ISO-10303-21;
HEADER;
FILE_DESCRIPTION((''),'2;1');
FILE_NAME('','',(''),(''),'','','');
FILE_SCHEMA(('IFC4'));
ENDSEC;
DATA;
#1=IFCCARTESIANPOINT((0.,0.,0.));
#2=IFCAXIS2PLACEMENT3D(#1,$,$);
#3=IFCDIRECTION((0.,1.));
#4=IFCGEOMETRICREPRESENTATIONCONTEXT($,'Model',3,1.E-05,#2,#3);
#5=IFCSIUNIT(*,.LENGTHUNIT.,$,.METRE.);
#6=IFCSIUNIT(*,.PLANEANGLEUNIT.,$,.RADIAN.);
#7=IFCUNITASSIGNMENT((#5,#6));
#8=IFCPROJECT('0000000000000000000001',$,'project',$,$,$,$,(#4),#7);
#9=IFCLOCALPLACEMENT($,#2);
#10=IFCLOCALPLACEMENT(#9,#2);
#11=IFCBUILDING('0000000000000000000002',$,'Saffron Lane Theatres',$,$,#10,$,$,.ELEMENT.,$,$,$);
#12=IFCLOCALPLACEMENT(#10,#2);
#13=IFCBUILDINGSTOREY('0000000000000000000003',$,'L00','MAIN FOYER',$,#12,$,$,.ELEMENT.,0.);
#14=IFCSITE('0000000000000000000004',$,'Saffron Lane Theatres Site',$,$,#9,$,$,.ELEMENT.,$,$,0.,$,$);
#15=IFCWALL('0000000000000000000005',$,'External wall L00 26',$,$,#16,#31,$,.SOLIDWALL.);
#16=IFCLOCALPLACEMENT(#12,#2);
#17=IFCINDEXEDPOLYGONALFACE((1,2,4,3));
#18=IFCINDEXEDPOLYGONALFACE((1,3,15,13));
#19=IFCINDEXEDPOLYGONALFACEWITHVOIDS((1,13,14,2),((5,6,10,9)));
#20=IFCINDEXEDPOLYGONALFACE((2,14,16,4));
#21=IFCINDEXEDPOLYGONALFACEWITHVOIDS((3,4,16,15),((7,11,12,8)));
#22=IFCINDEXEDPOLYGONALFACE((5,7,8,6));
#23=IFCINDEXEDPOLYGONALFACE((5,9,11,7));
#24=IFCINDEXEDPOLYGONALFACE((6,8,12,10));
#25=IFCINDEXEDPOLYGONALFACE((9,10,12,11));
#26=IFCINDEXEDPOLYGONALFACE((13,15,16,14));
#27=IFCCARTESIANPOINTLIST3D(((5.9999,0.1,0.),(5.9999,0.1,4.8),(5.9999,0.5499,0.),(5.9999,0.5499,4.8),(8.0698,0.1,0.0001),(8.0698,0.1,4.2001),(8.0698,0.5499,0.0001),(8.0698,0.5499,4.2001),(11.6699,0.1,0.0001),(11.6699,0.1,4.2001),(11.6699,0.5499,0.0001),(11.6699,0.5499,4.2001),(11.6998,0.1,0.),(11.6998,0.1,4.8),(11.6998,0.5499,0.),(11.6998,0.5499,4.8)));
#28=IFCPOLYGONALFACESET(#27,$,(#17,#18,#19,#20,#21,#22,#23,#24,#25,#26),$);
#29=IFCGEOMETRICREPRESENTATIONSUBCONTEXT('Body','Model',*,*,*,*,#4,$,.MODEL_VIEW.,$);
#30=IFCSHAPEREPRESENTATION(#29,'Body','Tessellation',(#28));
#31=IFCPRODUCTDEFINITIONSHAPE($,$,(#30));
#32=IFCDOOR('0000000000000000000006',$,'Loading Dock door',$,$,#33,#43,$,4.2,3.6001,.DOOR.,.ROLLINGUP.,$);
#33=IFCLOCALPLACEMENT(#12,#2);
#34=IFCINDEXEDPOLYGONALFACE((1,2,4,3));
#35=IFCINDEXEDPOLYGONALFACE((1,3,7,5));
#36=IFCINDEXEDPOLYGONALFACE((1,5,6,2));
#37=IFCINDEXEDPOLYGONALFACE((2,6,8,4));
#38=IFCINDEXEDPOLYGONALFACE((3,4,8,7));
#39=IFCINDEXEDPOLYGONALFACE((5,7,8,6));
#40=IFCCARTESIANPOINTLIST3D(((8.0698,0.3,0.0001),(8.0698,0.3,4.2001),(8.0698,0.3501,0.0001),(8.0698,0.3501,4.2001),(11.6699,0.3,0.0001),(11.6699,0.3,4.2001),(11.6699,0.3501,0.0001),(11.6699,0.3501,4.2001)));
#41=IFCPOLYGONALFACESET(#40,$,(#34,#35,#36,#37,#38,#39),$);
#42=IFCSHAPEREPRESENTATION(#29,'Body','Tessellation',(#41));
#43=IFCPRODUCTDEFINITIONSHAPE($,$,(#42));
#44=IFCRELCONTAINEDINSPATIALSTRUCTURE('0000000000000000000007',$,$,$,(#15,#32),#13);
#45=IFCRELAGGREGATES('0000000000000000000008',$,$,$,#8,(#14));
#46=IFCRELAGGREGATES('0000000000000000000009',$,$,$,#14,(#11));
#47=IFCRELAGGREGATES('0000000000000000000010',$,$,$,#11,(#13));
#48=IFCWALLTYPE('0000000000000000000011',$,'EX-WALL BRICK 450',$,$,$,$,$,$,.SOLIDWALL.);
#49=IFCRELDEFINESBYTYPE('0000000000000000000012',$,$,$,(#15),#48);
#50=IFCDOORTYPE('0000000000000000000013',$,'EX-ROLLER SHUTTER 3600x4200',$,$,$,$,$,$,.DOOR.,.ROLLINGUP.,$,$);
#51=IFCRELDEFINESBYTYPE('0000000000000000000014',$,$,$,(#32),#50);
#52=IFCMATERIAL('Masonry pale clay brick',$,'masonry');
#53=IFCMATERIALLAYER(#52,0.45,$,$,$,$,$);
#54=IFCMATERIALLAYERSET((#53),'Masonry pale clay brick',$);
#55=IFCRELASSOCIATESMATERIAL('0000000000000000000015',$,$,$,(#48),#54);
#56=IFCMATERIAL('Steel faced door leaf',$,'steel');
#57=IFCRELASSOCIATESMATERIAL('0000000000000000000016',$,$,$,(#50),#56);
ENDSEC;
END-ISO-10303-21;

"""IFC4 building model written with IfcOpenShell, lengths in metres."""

from ifc_helpers import new_model, si_unit, direction, frame, frame_2d, origin, place, context, subcontext, project, spatial, rectangle, extrude, material, layer, layer_set, type_object, element, fill, save


model = new_model("IFC4")

# Units and contexts
model_context = context("Model", 3, precision=1e-05, world=origin(), true_north=direction((0.0, 1.0)))
body_context = subcontext(model_context, "Body", "Model", "MODEL_VIEW")
ifc_project = project(units=[si_unit("LENGTHUNIT", "METRE"), si_unit("PLANEANGLEUNIT", "RADIAN")], contexts=[model_context])

# Site, building, storey
site_placement = place(None, origin())
site = spatial("IfcSite", under=ifc_project, at=site_placement, Name="Saffron Lane Theatres Site", CompositionType="ELEMENT", RefElevation=0.0)
building_placement = place(site_placement, origin())
building = spatial("IfcBuilding", under=site, at=building_placement, Name="Saffron Lane Theatres", CompositionType="ELEMENT")
storey_placement = place(building_placement, origin())
storey = spatial("IfcBuildingStorey", under=building, at=storey_placement, Name="L00", Description="MAIN FOYER", CompositionType="ELEMENT", Elevation=0.0)

# Wall, opening, door
ifc_material_1 = material(Name="Masonry pale clay brick", Category="masonry")
ifc_layer_1 = layer(ifc_material_1, 0.45)
ifc_layer_set_1 = layer_set([ifc_layer_1], Name="Masonry pale clay brick")
wall_type = type_object("IfcWallType", Name="EX-WALL BRICK 450", PredefinedType="SOLIDWALL", material=ifc_layer_set_1)
wall_placement = place(storey_placement, frame((11.7, 0.325, 0.0), z_axis=(0.0, 0.0, 1.0), x_axis=(-1.0, 0.0, 0.0)))
wall = element("IfcWall", 1, at=wall_placement, inside=storey, type_object=wall_type, Name="External wall L00 26", PredefinedType="SOLIDWALL", context=body_context, shape_type="SweptSolid", body=[
    extrude(rectangle(XDim=5.7, YDim=0.45, at=frame_2d((2.8501, 0.0))), origin(), (0.0, 0.0, 1.0), 4.8),
])
opening_placement = place(wall_placement, frame((0.03, 0.0, 0.0)))
opening = element("IfcOpeningElement", 2, at=opening_placement, cuts=wall, PredefinedType="OPENING", context=body_context, shape_type="SweptSolid", body=[
    extrude(rectangle(XDim=3.6001, YDim=4.2, at=frame_2d((1.8, 2.1001))), frame((0.0, 0.2349, 0.0), z_axis=(0.0, -1.0, 0.0), x_axis=(1.0, 0.0, 0.0)), (0.0, 0.0, 1.0), 0.47),
])
ifc_material_2 = material(Name="Steel faced door leaf", Category="steel")
door_type = type_object("IfcDoorType", Name="EX-ROLLER SHUTTER 3600x4200", OperationType="ROLLINGUP", PredefinedType="DOOR", material=ifc_material_2)
door_placement = place(opening_placement, origin())
door = element("IfcDoor", 3, at=door_placement, inside=storey, type_object=door_type, Name="Loading Dock door", OperationType="ROLLINGUP", OverallHeight=4.2, OverallWidth=3.6001, PredefinedType="DOOR", context=body_context, shape_type="SweptSolid", body=[
    extrude(rectangle(XDim=3.6001, YDim=4.2, at=frame_2d((1.8, 2.1001))), frame((0.0, 0.0249, 0.0), z_axis=(0.0, -1.0, 0.0), x_axis=(1.0, 0.0, 0.0)), (0.0, 0.0, 1.0), 0.05),
])
fill(opening, door)

save(model, "model.ifc")
